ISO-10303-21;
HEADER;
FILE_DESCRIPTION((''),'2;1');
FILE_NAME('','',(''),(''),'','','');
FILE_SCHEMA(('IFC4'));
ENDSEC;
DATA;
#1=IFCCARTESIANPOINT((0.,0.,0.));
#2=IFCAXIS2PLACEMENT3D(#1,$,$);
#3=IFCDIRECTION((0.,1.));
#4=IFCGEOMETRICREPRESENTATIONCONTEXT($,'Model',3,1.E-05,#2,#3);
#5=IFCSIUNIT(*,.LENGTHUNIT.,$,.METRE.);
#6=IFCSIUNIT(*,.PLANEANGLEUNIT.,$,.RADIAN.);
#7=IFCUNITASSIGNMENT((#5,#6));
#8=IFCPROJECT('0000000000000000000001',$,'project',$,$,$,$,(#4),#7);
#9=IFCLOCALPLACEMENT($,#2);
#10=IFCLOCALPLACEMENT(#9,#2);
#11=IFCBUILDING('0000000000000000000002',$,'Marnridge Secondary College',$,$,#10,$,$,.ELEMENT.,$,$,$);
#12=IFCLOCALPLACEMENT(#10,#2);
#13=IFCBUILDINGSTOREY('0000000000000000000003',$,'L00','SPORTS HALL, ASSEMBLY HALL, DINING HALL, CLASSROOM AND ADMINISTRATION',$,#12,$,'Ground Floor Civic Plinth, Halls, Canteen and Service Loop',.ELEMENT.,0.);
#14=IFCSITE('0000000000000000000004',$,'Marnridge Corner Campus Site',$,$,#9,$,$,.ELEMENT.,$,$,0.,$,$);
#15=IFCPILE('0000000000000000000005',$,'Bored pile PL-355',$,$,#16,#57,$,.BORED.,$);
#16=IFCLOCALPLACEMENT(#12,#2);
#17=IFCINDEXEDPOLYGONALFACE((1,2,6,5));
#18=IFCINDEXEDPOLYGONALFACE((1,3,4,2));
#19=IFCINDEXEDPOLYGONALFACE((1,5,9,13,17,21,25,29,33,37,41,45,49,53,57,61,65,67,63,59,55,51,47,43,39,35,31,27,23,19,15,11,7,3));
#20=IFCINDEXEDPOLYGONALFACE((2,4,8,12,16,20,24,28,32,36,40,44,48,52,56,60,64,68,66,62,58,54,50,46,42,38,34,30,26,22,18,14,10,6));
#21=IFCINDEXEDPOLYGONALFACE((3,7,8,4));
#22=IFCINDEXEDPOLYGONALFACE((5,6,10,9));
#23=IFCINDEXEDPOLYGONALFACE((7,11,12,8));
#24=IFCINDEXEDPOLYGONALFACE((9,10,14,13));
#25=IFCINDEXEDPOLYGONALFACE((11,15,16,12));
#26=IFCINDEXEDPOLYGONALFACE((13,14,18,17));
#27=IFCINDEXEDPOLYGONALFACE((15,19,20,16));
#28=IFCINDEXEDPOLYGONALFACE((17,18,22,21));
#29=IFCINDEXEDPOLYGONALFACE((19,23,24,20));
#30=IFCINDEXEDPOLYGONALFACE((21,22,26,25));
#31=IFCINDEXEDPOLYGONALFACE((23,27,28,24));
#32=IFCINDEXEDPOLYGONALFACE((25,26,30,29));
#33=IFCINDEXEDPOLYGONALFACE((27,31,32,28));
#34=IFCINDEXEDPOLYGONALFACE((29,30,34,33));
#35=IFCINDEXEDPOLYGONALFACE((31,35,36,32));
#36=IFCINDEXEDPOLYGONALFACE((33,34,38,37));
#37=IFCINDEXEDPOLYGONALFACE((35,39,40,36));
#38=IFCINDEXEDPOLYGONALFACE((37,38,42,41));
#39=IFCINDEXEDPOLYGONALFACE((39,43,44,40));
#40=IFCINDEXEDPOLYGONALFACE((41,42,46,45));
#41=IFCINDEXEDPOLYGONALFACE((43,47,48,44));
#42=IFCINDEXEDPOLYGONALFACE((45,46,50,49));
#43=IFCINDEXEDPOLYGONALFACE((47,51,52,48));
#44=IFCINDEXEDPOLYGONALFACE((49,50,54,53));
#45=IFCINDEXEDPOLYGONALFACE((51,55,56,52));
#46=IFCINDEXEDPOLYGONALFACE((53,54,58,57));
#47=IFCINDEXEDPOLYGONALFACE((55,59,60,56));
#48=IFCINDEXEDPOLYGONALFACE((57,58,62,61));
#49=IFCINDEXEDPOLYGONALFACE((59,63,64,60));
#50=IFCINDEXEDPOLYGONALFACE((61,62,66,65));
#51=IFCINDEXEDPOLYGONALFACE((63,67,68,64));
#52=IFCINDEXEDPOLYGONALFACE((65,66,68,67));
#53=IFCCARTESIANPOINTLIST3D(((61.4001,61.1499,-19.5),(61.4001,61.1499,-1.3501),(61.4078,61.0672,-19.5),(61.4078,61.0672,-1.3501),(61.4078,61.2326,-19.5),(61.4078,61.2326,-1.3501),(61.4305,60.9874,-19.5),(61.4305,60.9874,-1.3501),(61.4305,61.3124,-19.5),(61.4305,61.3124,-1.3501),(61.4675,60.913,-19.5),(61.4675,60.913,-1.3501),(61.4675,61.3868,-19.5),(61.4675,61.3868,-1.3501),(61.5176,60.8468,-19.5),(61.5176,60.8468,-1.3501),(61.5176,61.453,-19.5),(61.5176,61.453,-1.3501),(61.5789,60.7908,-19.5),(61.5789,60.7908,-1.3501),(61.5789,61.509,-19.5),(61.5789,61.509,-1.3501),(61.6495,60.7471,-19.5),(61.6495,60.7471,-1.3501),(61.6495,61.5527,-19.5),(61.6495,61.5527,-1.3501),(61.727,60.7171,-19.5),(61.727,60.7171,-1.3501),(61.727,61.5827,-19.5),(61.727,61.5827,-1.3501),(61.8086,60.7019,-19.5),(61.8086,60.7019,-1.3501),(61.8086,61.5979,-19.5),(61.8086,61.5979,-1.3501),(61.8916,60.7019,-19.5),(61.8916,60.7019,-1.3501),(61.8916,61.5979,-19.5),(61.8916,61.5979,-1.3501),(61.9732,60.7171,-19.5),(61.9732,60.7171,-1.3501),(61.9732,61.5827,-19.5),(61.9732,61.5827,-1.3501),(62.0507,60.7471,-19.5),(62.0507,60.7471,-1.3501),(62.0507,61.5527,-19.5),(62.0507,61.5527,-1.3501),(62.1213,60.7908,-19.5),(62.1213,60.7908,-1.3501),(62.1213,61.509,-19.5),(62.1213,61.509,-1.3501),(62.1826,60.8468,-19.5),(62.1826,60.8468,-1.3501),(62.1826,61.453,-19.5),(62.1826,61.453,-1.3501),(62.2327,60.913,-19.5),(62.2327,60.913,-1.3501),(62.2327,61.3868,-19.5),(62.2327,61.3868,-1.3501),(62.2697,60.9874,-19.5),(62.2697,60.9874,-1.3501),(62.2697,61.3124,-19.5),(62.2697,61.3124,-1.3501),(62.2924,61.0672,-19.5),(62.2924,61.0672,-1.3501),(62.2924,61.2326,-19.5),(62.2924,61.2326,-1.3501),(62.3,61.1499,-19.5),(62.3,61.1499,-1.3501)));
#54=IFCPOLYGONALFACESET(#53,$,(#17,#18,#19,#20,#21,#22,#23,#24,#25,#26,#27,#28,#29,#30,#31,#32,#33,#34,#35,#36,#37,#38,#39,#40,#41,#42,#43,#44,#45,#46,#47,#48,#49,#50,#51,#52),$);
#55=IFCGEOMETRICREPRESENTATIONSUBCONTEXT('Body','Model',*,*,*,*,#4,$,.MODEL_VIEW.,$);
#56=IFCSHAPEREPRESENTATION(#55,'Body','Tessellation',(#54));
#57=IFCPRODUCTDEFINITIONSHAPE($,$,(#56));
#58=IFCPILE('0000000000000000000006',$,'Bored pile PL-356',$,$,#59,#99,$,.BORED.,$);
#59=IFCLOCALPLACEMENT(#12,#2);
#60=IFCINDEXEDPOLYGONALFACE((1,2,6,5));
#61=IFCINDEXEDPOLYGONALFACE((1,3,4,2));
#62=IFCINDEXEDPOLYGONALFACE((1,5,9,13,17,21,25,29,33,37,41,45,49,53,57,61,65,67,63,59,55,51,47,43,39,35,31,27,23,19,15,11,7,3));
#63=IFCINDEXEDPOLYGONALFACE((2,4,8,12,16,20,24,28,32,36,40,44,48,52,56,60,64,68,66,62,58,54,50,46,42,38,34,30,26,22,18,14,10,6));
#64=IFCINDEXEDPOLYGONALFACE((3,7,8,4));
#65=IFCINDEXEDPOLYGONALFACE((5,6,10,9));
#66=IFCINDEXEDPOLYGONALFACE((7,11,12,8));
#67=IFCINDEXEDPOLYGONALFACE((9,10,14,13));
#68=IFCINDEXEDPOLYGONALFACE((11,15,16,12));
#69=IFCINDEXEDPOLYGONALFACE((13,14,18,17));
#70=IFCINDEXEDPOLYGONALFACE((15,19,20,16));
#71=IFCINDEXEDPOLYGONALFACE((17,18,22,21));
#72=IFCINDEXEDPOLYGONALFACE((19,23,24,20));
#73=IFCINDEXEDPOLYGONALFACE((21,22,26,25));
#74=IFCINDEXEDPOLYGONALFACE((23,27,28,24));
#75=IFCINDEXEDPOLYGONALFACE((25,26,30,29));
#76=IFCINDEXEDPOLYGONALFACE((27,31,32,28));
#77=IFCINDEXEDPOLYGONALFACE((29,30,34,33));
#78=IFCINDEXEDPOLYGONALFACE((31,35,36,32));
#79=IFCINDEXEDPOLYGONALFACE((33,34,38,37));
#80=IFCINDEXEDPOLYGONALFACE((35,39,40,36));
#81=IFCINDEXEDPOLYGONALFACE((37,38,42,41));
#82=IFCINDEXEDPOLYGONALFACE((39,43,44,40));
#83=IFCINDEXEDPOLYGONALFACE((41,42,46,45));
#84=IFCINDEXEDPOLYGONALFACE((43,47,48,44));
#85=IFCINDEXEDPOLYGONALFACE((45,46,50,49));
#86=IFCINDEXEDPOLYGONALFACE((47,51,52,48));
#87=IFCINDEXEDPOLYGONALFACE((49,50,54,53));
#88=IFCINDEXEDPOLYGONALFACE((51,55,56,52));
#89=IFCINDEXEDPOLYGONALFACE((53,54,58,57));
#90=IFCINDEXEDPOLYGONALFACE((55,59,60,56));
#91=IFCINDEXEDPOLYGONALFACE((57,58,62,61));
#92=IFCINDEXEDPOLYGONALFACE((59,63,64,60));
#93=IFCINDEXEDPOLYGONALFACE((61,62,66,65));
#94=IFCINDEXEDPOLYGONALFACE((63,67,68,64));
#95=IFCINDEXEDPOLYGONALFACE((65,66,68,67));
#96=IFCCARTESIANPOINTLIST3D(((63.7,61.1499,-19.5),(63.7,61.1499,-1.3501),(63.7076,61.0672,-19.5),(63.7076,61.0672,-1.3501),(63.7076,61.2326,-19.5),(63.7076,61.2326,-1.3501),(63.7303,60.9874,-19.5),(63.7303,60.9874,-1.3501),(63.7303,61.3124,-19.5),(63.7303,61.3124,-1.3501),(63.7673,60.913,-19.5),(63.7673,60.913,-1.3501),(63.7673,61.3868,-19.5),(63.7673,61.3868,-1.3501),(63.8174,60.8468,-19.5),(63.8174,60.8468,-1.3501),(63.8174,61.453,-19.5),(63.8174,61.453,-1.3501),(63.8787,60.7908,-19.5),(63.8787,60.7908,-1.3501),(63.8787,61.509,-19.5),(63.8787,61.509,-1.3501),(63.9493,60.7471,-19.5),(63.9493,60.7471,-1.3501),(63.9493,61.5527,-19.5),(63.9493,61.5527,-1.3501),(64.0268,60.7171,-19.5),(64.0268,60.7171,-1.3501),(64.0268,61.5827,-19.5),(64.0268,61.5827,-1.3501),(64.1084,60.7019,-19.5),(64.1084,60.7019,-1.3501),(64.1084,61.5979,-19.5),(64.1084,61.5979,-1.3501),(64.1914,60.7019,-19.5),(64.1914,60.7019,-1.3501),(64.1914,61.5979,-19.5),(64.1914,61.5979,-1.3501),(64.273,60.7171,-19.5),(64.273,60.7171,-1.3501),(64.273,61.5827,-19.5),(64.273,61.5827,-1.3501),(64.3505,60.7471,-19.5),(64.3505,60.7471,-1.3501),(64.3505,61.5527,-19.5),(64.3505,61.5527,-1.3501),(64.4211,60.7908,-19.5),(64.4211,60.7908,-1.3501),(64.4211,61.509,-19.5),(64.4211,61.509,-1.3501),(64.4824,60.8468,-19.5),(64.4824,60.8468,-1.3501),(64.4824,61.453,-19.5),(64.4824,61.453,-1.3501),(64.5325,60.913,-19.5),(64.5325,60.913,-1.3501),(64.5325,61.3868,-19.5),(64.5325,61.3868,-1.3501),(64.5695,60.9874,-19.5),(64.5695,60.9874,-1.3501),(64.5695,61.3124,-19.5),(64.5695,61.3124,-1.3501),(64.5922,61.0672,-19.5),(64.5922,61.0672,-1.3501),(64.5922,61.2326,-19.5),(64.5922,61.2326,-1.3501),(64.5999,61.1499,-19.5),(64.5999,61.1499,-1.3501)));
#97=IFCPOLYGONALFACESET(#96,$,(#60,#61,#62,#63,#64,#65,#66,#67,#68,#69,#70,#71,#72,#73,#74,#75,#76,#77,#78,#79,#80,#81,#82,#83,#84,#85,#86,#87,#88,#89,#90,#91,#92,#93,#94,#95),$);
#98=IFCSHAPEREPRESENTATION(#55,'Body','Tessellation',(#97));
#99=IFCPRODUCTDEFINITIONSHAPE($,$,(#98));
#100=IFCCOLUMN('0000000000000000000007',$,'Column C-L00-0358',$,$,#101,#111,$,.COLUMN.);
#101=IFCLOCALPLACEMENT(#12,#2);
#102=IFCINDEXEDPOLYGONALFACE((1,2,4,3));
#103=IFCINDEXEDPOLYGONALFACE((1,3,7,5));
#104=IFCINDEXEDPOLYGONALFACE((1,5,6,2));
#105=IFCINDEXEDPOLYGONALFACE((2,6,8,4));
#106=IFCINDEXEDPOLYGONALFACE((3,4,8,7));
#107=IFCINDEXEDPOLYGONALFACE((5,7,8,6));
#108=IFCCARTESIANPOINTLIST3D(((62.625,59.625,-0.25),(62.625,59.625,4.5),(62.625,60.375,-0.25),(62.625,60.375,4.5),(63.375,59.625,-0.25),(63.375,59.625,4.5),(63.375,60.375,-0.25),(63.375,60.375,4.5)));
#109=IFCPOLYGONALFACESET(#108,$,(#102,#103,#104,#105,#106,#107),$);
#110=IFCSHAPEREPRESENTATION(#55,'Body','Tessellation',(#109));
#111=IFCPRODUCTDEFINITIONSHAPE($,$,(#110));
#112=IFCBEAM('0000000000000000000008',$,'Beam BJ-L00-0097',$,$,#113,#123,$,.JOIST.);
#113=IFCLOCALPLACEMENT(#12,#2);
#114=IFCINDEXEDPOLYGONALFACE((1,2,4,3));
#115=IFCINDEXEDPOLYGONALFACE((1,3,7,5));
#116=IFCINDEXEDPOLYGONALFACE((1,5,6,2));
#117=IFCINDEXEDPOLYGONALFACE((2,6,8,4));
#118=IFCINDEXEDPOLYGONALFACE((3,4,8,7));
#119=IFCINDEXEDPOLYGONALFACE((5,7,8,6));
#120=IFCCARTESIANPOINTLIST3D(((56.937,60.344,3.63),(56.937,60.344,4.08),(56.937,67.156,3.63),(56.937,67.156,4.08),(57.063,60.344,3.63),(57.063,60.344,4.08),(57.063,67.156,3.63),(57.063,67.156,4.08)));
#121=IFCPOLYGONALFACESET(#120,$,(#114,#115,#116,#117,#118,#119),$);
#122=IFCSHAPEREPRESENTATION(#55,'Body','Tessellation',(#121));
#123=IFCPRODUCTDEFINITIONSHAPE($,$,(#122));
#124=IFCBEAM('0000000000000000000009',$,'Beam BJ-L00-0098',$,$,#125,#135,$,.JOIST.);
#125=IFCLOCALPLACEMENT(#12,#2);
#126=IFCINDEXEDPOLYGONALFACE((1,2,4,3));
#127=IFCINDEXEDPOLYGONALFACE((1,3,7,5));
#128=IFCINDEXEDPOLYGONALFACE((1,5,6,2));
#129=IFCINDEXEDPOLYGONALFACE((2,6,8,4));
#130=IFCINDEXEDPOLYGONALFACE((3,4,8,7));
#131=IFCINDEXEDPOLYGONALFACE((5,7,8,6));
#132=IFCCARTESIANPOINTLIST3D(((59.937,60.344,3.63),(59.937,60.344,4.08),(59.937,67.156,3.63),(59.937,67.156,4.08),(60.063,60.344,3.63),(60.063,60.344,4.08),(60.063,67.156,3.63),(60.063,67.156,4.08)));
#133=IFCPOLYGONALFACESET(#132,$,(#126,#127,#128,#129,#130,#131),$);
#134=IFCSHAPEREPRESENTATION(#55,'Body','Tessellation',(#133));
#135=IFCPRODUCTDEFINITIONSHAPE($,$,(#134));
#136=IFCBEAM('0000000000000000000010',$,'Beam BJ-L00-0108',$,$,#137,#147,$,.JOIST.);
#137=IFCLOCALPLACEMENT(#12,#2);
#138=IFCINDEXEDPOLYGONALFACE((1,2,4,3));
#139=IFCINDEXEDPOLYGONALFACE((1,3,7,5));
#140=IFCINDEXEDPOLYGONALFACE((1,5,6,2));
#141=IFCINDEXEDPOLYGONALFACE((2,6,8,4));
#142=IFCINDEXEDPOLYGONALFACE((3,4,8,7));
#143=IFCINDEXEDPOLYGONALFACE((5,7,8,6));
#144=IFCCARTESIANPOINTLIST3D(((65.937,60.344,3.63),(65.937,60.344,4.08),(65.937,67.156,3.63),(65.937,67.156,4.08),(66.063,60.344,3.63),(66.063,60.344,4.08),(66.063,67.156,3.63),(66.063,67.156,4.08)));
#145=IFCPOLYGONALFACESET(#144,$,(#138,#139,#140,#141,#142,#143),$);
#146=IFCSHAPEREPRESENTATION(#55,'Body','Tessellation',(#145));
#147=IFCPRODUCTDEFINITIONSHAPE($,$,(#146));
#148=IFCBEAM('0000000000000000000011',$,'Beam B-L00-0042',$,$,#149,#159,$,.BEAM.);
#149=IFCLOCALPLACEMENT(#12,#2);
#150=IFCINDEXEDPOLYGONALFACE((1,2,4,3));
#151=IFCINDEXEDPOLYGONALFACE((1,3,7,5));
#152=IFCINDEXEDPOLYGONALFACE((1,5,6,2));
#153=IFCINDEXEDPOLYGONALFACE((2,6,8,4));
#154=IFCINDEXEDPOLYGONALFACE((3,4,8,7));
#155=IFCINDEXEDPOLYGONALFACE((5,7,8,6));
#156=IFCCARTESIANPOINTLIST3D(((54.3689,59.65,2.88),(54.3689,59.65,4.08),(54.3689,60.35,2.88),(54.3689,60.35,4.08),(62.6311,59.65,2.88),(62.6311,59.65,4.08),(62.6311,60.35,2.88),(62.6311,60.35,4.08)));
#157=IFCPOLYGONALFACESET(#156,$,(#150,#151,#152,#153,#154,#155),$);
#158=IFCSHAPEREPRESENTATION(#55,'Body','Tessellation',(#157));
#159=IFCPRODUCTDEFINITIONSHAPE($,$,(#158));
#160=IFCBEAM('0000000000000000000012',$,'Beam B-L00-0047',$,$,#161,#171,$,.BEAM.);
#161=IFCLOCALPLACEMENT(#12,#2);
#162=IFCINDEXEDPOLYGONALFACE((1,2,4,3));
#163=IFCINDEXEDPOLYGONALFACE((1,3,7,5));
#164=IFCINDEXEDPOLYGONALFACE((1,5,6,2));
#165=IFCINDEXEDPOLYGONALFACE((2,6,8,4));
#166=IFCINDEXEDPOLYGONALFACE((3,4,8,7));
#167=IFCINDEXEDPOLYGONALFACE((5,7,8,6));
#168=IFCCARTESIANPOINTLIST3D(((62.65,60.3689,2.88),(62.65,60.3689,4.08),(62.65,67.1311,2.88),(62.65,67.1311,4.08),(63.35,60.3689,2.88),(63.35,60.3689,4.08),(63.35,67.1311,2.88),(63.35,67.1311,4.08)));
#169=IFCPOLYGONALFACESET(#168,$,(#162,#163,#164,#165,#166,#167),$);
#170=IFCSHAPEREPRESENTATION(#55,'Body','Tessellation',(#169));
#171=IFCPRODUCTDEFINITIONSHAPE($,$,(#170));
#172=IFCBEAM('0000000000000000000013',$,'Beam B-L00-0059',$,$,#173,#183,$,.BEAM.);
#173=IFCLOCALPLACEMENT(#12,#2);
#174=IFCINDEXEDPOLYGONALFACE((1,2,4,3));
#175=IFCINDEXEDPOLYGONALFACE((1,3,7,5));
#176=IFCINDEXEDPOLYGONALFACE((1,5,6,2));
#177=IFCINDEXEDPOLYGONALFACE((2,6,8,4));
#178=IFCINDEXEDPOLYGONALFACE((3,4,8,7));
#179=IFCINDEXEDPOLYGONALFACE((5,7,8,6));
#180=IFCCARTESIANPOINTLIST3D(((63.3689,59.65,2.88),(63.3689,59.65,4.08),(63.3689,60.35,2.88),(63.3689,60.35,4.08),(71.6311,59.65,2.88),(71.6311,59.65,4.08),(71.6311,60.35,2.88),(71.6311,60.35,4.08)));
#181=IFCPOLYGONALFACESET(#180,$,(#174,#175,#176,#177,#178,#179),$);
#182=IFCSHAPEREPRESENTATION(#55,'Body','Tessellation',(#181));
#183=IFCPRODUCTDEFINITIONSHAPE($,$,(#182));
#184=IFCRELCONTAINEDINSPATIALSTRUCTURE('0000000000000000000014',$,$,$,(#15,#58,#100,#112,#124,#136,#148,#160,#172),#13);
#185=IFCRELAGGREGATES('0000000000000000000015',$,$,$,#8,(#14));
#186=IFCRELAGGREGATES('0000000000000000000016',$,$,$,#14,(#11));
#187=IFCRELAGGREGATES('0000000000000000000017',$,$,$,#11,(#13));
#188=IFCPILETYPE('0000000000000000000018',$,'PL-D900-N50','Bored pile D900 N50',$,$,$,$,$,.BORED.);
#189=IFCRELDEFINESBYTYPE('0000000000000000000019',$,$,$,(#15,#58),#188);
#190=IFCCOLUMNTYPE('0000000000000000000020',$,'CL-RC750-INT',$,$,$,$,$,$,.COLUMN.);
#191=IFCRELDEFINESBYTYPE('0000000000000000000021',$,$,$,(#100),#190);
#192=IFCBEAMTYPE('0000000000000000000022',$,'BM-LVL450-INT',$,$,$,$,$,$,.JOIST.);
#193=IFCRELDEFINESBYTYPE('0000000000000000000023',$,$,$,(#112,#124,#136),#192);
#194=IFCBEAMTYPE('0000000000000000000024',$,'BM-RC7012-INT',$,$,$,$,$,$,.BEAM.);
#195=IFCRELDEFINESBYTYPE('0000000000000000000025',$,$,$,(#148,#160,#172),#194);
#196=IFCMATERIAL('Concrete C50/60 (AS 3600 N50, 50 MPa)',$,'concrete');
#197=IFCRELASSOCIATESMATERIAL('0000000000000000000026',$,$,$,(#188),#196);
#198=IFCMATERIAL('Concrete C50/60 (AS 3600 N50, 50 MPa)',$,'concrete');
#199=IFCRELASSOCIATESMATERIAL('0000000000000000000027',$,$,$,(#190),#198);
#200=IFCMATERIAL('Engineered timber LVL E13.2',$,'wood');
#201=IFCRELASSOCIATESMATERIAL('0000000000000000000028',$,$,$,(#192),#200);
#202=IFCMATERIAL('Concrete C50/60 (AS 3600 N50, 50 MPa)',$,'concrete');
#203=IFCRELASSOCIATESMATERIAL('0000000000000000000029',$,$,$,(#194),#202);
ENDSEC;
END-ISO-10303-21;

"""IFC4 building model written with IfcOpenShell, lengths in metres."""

from ifc_helpers import new_model, si_unit, direction, frame, origin, origin_2d, place, context, subcontext, project, spatial, rectangle, circle, extrude, material, material_profile, profile_set, type_object, element, save


model = new_model("IFC4")

# Units and contexts
model_context = context("Model", 3, precision=1e-05, world=origin(), true_north=direction((0.0, 1.0)))
body_context = subcontext(model_context, "Body", "Model", "MODEL_VIEW")
ifc_project = project(units=[si_unit("LENGTHUNIT", "METRE"), si_unit("PLANEANGLEUNIT", "RADIAN")], contexts=[model_context])

# Site, building, storey
site_placement = place(None, origin())
site = spatial("IfcSite", under=ifc_project, at=site_placement, Name="Marnridge Corner Campus Site", CompositionType="ELEMENT", RefElevation=0.0)
building_placement = place(site_placement, origin())
building = spatial("IfcBuilding", under=site, at=building_placement, Name="Marnridge Secondary College", CompositionType="ELEMENT")
storey_placement = place(building_placement, origin())
storey = spatial("IfcBuildingStorey", under=building, at=storey_placement, Name="L00", Description="SPORTS HALL, ASSEMBLY HALL, DINING HALL, CLASSROOM AND ADMINISTRATION", LongName="Ground Floor Civic Plinth, Halls, Canteen and Service Loop", CompositionType="ELEMENT", Elevation=0.0)

# Piles
ifc_material_1 = material(Name="Concrete C50/60 (AS 3600 N50, 50 MPa)", Category="concrete")
ifc_material_profile_1 = material_profile(ifc_material_1, circle(Radius=0.45, at=origin_2d()), Name="PILE D900")
ifc_profile_set_1 = profile_set([ifc_material_profile_1], Name="Concrete C50/60 (AS 3600 N50, 50 MPa)")
pile_type = type_object("IfcPileType", Name="PL-D900-N50", Description="Bored pile D900 N50", PredefinedType="BORED", material=ifc_profile_set_1)
for number, where, z_axis, x_axis, name in (
    (1, (61.8501, 61.1499, -1.3501), (0.0, 0.0, -1.0), (1.0, 0.0, 0.0), "Bored pile PL-355"),
    (2, (64.1499, 61.1499, -1.3501), (0.0, 0.0, -1.0), (1.0, 0.0, 0.0), "Bored pile PL-356"),
):
    element("IfcPile", number, at=place(storey_placement, frame(where, z_axis=z_axis, x_axis=x_axis)), inside=storey, type_object=pile_type, Name=name, PredefinedType="BORED", context=body_context, shape_type="SweptSolid", body=[
        extrude(circle(Radius=0.45, at=origin_2d()), origin(), (0.0, 0.0, 1.0), 18.1499),
    ])

# Column
ifc_material_2 = material(Name="Concrete C50/60 (AS 3600 N50, 50 MPa)", Category="concrete")
ifc_material_profile_2 = material_profile(ifc_material_2, rectangle(XDim=0.75, YDim=0.75, at=origin_2d()), Name="RC 750x750")
ifc_profile_set_2 = profile_set([ifc_material_profile_2], Name="Concrete C50/60 (AS 3600 N50, 50 MPa)")
column_type = type_object("IfcColumnType", Name="CL-RC750-INT", PredefinedType="COLUMN", material=ifc_profile_set_2)
column_placement = place(storey_placement, frame((63.0, 60.0, -0.25), z_axis=(0.0, 0.0, 1.0), x_axis=(1.0, 0.0, 0.0)))
element("IfcColumn", 3, at=column_placement, inside=storey, type_object=column_type, Name="Column C-L00-0358", PredefinedType="COLUMN", context=body_context, shape_type="SweptSolid", body=[
    extrude(rectangle(XDim=0.75, YDim=0.75, at=origin_2d()), origin(), (0.0, 0.0, 1.0), 4.75),
])

# Beams
ifc_material_3 = material(Name="Engineered timber LVL E13.2", Category="wood")
ifc_material_profile_3 = material_profile(ifc_material_3, rectangle(XDim=0.126, YDim=0.45, at=origin_2d()), Name="LVL 126x450")
ifc_profile_set_3 = profile_set([ifc_material_profile_3], Name="Engineered timber LVL E13.2")
beam_type_1 = type_object("IfcBeamType", Name="BM-LVL450-INT", PredefinedType="JOIST", material=ifc_profile_set_3)
for number, where, z_axis, x_axis, name in (
    (4, (57.0, 60.344, 3.855), (0.0, 1.0, 0.0), (-1.0, 0.0, 0.0), "Beam BJ-L00-0097"),
    (5, (60.0, 60.344, 3.855), (0.0, 1.0, 0.0), (-1.0, 0.0, 0.0), "Beam BJ-L00-0098"),
    (6, (66.0, 60.344, 3.855), (0.0, 1.0, 0.0), (-1.0, 0.0, 0.0), "Beam BJ-L00-0108"),
):
    element("IfcBeam", number, at=place(storey_placement, frame(where, z_axis=z_axis, x_axis=x_axis)), inside=storey, type_object=beam_type_1, Name=name, PredefinedType="JOIST", context=body_context, shape_type="SweptSolid", body=[
        extrude(rectangle(XDim=0.126, YDim=0.45, at=origin_2d()), origin(), (0.0, 0.0, 1.0), 6.812),
    ])
ifc_material_4 = material(Name="Concrete C50/60 (AS 3600 N50, 50 MPa)", Category="concrete")
ifc_material_profile_4 = material_profile(ifc_material_4, rectangle(XDim=0.7, YDim=1.2, at=origin_2d()), Name="RC 700x1200")
ifc_profile_set_4 = profile_set([ifc_material_profile_4], Name="Concrete C50/60 (AS 3600 N50, 50 MPa)")
beam_type_2 = type_object("IfcBeamType", Name="BM-RC7012-INT", PredefinedType="BEAM", material=ifc_profile_set_4)
beam_1_placement = place(storey_placement, frame((54.3689, 60.0, 3.48), z_axis=(1.0, 0.0, 0.0), x_axis=(0.0, 1.0, 0.0)))
element("IfcBeam", 7, at=beam_1_placement, inside=storey, type_object=beam_type_2, Name="Beam B-L00-0042", PredefinedType="BEAM", context=body_context, shape_type="SweptSolid", body=[
    extrude(rectangle(XDim=0.7, YDim=1.2, at=origin_2d()), origin(), (0.0, 0.0, 1.0), 8.2622),
])
beam_2_placement = place(storey_placement, frame((63.0, 60.3689, 3.48), z_axis=(0.0, 1.0, 0.0), x_axis=(-1.0, 0.0, 0.0)))
element("IfcBeam", 8, at=beam_2_placement, inside=storey, type_object=beam_type_2, Name="Beam B-L00-0047", PredefinedType="BEAM", context=body_context, shape_type="SweptSolid", body=[
    extrude(rectangle(XDim=0.7, YDim=1.2, at=origin_2d()), origin(), (0.0, 0.0, 1.0), 6.7622),
])
beam_3_placement = place(storey_placement, frame((63.3689, 60.0, 3.48), z_axis=(1.0, 0.0, 0.0), x_axis=(0.0, 1.0, 0.0)))
element("IfcBeam", 9, at=beam_3_placement, inside=storey, type_object=beam_type_2, Name="Beam B-L00-0059", PredefinedType="BEAM", context=body_context, shape_type="SweptSolid", body=[
    extrude(rectangle(XDim=0.7, YDim=1.2, at=origin_2d()), origin(), (0.0, 0.0, 1.0), 8.2622),
])

save(model, "model.ifc")
